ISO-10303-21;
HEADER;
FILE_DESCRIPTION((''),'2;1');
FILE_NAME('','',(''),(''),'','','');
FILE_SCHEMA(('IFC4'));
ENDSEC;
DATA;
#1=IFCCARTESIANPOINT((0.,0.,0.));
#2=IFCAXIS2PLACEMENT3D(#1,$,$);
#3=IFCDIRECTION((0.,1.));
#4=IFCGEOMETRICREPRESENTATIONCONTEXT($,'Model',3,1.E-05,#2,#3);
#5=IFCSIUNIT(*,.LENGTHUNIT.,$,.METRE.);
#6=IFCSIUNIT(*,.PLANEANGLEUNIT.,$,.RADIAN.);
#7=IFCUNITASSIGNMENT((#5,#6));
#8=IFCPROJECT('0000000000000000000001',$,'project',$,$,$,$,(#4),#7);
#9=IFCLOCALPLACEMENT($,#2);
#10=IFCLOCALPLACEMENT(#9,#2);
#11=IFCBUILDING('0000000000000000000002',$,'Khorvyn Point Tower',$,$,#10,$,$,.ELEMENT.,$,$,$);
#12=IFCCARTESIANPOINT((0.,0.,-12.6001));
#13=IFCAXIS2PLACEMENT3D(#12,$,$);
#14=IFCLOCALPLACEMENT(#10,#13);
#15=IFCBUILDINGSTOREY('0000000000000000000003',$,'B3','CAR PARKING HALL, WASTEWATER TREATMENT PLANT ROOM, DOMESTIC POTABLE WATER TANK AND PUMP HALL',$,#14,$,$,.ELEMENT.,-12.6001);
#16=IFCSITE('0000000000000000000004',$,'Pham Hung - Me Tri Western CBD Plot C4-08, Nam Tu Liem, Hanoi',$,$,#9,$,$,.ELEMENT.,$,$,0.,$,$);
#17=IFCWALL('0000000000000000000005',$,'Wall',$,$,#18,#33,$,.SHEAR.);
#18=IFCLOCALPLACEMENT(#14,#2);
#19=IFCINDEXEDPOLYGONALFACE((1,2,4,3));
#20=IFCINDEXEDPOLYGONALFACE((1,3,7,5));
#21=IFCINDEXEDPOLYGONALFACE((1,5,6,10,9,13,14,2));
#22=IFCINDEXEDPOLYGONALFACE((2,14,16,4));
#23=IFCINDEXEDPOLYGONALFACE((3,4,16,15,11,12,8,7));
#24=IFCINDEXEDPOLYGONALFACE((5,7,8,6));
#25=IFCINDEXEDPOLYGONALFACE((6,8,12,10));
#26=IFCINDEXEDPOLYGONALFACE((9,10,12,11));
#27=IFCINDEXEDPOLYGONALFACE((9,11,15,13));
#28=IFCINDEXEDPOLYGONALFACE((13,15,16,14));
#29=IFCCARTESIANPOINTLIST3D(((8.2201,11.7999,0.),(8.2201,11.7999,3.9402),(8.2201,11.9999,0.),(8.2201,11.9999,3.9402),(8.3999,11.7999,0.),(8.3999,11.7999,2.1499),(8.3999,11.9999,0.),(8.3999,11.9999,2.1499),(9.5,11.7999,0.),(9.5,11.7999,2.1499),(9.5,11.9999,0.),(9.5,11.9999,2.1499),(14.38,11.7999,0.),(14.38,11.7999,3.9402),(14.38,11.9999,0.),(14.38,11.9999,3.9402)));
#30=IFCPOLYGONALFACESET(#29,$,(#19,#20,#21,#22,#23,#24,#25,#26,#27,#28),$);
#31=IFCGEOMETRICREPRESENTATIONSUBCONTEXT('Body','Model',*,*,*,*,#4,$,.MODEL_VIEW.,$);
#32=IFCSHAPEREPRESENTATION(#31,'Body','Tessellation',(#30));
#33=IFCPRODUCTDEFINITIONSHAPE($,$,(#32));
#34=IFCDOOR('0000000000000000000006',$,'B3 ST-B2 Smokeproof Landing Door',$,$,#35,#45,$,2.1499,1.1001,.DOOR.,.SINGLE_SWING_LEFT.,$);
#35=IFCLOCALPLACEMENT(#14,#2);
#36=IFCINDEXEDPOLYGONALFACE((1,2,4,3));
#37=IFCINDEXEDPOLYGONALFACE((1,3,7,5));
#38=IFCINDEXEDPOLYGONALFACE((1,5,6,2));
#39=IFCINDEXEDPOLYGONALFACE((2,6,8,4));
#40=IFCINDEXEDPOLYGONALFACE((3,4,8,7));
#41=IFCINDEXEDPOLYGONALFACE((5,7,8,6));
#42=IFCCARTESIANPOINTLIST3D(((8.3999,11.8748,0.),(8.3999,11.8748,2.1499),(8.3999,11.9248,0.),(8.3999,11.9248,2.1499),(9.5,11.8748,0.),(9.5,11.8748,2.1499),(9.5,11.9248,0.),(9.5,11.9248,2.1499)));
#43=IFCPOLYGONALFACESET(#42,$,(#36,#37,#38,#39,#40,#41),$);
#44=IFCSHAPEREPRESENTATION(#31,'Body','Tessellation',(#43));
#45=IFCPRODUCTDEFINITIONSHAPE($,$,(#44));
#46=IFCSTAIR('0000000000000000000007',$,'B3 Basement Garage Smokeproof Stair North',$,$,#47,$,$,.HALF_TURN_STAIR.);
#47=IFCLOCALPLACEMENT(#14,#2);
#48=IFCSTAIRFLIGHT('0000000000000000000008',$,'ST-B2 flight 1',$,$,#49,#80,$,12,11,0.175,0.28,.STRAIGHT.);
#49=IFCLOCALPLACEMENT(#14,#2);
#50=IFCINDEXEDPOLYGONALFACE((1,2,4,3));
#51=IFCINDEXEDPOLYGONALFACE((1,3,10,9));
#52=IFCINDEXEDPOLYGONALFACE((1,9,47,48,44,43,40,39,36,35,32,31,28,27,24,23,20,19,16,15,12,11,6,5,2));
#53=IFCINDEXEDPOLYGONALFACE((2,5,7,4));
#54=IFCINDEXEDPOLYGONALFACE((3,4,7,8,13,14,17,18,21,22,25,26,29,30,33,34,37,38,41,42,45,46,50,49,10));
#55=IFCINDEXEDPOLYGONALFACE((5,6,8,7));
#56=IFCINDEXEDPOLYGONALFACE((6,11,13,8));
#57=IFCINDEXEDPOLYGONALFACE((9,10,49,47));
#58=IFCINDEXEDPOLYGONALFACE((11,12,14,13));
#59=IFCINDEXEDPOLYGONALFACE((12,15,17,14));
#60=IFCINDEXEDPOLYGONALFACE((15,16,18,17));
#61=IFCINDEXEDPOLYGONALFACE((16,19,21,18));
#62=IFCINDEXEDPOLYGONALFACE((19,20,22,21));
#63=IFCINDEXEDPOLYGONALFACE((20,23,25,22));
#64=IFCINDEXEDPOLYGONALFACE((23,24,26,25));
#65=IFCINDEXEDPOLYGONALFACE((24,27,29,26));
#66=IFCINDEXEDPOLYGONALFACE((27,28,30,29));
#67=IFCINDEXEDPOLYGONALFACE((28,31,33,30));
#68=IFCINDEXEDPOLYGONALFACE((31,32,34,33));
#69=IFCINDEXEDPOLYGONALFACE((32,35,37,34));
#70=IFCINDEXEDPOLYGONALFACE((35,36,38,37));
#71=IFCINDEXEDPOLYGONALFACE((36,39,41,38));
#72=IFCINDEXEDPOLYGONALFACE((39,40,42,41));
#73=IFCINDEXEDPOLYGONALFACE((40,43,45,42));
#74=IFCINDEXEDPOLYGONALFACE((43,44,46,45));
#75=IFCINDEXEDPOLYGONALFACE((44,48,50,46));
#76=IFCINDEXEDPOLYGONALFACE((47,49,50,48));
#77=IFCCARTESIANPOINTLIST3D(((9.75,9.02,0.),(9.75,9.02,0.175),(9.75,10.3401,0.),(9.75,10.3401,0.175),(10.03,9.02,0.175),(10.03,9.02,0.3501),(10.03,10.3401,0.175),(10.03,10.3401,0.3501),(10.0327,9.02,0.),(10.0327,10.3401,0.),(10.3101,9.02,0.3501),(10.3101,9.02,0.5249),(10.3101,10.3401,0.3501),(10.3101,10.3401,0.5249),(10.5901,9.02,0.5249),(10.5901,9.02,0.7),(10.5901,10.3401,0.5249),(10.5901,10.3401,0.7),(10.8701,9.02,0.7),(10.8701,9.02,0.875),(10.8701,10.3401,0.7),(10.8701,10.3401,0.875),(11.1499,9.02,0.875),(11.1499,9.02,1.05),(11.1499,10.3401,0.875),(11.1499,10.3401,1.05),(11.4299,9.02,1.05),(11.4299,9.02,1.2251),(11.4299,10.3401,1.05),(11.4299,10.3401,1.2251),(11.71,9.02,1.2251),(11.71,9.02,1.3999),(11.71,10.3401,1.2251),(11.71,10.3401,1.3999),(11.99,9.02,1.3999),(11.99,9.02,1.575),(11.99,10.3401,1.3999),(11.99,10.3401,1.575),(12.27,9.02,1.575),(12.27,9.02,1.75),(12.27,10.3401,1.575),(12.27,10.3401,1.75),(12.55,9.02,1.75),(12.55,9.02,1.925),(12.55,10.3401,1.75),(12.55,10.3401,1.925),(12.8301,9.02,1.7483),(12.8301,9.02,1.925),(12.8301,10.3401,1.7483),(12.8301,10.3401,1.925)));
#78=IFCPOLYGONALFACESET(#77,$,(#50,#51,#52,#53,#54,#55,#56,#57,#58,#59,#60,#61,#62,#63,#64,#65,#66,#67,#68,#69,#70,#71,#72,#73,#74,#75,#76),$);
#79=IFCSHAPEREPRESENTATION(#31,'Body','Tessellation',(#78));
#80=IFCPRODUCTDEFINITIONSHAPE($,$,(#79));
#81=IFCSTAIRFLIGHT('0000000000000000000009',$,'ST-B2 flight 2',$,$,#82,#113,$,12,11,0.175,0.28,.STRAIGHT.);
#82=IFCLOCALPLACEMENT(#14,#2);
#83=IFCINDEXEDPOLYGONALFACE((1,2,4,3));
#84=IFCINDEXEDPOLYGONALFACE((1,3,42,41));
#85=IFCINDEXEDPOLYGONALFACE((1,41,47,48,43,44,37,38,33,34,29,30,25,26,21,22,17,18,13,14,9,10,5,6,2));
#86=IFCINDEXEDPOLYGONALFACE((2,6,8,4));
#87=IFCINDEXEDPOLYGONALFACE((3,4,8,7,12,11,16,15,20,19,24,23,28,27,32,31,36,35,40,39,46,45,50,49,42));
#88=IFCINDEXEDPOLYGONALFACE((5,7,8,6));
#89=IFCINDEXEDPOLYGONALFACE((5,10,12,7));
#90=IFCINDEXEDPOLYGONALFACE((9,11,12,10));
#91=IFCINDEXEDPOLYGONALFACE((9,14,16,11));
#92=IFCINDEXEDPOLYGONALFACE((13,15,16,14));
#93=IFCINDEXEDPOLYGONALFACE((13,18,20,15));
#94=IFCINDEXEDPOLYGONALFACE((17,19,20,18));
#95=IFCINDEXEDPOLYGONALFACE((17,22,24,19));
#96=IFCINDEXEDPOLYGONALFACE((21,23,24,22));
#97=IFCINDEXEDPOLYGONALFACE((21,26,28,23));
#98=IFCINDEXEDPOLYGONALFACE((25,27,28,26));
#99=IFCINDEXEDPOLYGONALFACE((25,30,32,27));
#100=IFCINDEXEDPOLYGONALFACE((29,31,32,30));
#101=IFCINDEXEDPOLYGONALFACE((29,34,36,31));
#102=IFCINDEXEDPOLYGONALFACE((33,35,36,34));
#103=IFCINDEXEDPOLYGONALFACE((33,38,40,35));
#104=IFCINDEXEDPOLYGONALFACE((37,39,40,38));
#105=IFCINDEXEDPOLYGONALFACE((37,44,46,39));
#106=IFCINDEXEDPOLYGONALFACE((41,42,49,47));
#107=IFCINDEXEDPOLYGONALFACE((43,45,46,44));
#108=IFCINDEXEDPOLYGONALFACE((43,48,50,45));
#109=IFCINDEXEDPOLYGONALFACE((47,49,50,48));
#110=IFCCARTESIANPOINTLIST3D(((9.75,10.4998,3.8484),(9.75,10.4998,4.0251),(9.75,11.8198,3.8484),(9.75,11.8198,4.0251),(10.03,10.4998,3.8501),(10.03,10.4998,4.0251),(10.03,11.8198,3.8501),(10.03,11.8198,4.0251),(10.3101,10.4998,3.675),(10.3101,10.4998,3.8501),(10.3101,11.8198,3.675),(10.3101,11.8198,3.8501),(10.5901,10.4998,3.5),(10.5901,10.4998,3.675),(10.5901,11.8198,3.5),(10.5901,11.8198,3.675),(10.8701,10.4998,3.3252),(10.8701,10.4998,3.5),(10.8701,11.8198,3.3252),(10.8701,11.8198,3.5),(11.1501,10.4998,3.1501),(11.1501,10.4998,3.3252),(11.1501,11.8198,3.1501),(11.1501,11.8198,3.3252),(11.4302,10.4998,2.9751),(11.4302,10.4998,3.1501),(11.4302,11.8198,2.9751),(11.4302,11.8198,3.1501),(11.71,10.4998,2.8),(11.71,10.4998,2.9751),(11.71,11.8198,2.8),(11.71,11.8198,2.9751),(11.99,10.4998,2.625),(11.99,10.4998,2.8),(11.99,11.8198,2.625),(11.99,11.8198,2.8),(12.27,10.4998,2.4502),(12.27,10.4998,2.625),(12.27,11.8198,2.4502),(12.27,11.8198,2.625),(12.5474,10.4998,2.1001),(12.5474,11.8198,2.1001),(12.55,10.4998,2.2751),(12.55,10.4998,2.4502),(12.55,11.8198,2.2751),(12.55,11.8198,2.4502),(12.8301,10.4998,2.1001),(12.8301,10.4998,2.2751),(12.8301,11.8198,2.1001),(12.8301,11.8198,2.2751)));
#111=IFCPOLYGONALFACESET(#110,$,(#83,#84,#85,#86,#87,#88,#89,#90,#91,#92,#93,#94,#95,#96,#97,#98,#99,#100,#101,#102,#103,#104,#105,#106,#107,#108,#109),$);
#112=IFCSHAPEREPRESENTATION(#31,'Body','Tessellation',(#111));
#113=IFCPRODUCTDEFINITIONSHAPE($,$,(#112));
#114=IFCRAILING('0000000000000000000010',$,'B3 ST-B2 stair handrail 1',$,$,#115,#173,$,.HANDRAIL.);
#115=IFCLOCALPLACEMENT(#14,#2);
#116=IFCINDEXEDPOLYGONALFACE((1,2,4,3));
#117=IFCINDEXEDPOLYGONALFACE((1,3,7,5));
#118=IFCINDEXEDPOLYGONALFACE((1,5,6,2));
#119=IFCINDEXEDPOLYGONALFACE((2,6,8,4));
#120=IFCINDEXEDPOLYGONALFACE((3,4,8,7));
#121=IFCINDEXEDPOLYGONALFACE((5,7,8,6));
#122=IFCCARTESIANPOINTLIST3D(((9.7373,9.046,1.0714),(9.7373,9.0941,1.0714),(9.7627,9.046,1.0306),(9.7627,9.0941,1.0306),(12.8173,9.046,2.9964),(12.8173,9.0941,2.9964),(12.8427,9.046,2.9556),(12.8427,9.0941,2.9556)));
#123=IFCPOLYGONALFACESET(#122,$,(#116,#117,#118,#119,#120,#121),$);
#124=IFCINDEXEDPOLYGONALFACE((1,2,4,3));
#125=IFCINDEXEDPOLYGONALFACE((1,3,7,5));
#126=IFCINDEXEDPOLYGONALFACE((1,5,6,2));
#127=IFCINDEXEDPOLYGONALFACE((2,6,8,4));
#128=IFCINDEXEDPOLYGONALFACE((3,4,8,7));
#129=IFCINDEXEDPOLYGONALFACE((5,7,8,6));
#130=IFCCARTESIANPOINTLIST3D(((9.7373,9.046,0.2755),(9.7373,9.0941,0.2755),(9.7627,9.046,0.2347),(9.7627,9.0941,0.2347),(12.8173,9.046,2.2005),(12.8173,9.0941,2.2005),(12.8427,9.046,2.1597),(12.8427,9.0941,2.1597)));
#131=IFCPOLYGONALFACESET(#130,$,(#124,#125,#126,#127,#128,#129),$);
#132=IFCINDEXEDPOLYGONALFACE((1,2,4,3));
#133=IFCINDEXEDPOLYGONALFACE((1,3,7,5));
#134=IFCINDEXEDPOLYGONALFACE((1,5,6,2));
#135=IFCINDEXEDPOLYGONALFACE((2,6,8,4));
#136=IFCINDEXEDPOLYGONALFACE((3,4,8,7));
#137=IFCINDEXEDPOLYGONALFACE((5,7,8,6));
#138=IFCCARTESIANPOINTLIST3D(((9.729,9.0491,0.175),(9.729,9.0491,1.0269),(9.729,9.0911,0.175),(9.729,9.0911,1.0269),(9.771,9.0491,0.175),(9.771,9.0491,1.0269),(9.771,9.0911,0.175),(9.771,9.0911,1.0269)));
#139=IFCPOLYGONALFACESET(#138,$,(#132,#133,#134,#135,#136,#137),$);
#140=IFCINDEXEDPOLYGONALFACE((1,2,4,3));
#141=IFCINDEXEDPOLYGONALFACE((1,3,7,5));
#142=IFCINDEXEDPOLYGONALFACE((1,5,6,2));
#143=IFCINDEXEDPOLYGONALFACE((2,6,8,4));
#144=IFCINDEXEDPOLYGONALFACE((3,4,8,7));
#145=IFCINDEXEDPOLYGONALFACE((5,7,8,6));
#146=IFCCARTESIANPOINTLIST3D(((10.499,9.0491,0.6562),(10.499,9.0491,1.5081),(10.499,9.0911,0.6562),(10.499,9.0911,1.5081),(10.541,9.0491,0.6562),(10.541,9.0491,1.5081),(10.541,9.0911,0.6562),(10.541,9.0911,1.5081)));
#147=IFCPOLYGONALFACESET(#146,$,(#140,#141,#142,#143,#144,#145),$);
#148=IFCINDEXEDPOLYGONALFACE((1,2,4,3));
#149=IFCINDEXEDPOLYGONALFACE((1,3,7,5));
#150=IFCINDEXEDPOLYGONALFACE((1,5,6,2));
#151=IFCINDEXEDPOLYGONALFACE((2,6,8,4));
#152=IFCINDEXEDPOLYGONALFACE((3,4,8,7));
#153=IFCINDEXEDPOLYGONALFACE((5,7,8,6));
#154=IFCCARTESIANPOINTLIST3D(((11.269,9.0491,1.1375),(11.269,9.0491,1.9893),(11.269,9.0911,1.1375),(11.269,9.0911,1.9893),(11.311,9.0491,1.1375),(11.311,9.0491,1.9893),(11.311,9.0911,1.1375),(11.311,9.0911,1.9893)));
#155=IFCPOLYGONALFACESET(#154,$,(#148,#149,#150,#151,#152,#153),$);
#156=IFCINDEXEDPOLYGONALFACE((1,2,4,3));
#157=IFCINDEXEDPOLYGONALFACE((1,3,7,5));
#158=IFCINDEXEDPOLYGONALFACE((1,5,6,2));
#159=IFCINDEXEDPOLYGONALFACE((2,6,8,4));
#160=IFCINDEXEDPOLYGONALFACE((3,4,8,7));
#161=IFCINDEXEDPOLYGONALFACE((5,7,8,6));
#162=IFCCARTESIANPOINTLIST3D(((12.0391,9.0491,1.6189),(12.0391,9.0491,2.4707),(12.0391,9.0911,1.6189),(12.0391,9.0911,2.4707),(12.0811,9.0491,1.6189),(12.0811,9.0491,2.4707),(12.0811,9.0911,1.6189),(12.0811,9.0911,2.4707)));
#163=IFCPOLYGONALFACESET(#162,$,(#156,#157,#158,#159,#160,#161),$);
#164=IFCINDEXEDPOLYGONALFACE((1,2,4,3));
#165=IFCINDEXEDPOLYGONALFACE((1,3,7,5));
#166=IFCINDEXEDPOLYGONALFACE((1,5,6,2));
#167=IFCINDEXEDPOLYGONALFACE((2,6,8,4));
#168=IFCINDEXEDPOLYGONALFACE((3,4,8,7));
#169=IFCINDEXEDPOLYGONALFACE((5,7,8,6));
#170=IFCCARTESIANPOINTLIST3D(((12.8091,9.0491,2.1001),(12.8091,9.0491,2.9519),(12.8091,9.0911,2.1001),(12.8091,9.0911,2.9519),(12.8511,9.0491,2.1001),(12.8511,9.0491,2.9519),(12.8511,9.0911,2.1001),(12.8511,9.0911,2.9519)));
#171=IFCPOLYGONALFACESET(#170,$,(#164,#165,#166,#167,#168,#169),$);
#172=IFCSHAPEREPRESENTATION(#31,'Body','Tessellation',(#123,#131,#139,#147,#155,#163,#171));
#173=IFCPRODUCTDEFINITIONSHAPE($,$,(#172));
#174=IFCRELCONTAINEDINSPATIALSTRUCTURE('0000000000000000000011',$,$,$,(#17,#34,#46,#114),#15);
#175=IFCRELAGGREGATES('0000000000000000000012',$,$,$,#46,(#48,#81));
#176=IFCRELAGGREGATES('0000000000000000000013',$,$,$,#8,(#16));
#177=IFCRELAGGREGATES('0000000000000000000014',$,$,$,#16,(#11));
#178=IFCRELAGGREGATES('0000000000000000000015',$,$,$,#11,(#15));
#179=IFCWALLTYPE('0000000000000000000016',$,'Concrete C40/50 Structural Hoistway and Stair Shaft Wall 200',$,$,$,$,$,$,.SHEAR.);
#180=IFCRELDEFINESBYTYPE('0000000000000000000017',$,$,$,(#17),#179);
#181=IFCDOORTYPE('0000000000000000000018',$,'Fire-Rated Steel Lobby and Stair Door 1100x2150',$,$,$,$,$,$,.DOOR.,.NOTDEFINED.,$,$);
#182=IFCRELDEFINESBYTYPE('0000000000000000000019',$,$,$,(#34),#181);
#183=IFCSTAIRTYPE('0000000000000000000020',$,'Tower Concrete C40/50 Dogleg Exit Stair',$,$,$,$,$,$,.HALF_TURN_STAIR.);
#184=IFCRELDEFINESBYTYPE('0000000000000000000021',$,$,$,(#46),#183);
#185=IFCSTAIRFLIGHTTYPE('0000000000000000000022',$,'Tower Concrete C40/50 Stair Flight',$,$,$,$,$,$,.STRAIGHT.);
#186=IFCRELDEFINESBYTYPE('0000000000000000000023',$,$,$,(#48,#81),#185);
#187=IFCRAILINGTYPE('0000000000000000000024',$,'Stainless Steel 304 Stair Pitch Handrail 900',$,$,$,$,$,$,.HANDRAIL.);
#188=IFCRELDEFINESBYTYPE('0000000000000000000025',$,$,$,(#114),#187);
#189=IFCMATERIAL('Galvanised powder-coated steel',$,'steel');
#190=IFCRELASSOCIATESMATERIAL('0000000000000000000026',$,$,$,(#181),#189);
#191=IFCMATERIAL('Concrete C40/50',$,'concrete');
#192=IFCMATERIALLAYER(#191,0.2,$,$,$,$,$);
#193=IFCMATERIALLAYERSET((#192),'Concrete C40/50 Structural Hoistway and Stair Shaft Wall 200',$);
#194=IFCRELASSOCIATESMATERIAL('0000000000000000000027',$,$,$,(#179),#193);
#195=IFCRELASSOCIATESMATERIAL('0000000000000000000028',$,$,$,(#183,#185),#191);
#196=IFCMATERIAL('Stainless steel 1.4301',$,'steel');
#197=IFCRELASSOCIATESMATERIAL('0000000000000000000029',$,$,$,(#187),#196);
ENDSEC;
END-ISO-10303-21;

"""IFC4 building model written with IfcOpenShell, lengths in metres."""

from ifc_helpers import new_model, si_unit, direction, frame, frame_2d, origin, origin_2d, place, context, subcontext, project, spatial, polyline, rectangle, outline, extrude, material, layer, layer_set, type_object, element, fill, aggregate, save


model = new_model("IFC4")

# Units and contexts
model_context = context("Model", 3, precision=1e-05, world=origin(), true_north=direction((0.0, 1.0)))
body_context = subcontext(model_context, "Body", "Model", "MODEL_VIEW")
ifc_project = project(units=[si_unit("LENGTHUNIT", "METRE"), si_unit("PLANEANGLEUNIT", "RADIAN")], contexts=[model_context])

# Site, building, storey
site_placement = place(None, origin())
site = spatial("IfcSite", under=ifc_project, at=site_placement, Name="Pham Hung - Me Tri Western CBD Plot C4-08, Nam Tu Liem, Hanoi", CompositionType="ELEMENT", RefElevation=0.0)
building_placement = place(site_placement, origin())
building = spatial("IfcBuilding", under=site, at=building_placement, Name="Khorvyn Point Tower", CompositionType="ELEMENT")
storey_placement = place(building_placement, frame((0.0, 0.0, -12.6001)))
storey = spatial("IfcBuildingStorey", under=building, at=storey_placement, Name="B3", Description="CAR PARKING HALL, WASTEWATER TREATMENT PLANT ROOM, DOMESTIC POTABLE WATER TANK AND PUMP HALL", CompositionType="ELEMENT", Elevation=-12.6001)

# Shared definitions
ifc_material_1 = material(Name="Concrete C40/50", Category="concrete")

# Wall, opening, door
ifc_material_2 = material(Name="Galvanised powder-coated steel", Category="steel")
door_type = type_object("IfcDoorType", Name="Fire-Rated Steel Lobby and Stair Door 1100x2150", OperationType="NOTDEFINED", PredefinedType="DOOR", material=ifc_material_2)
ifc_layer_1 = layer(ifc_material_1, 0.2)
ifc_layer_set_1 = layer_set([ifc_layer_1], Name="Concrete C40/50 Structural Hoistway and Stair Shaft Wall 200")
wall_type_1 = type_object("IfcWallType", Name="Concrete C40/50 Structural Hoistway and Stair Shaft Wall 200", PredefinedType="SHEAR", material=ifc_layer_set_1)
wall_1_placement = place(storey_placement, frame((8.22, 11.8999, 0.0), z_axis=(0.0, 0.0, 1.0), x_axis=(1.0, 0.0, 0.0)))
wall_1 = element("IfcWall", 1, at=wall_1_placement, inside=storey, type_object=wall_type_1, Name="Wall", PredefinedType="SHEAR", context=body_context, shape_type="SweptSolid", body=[
    extrude(rectangle(XDim=6.1599, YDim=0.2, at=frame_2d((3.0801, 0.0))), origin(), (0.0, 0.0, 1.0), 3.9402),
])
opening_1_placement = place(wall_1_placement, frame((0.1799, 0.0, 0.0)))
opening_1 = element("IfcOpeningElement", 2, at=opening_1_placement, cuts=wall_1, PredefinedType="OPENING", context=body_context, shape_type="SweptSolid", body=[
    extrude(rectangle(XDim=1.1001, YDim=2.1499, at=frame_2d((0.55, 1.075))), frame((0.0, 0.1099, 0.0), z_axis=(0.0, -1.0, 0.0), x_axis=(1.0, 0.0, 0.0)), (0.0, 0.0, 1.0), 0.22),
])
door_1_placement = place(opening_1_placement, origin())
door_1 = element("IfcDoor", 3, at=door_1_placement, inside=storey, type_object=door_type, Name="B3 ST-B2 Smokeproof Landing Door", OperationType="SINGLE_SWING_LEFT", OverallHeight=2.1499, OverallWidth=1.1001, PredefinedType="DOOR", context=body_context, shape_type="SweptSolid", body=[
    extrude(rectangle(XDim=1.1001, YDim=2.1499, at=frame_2d((0.55, 1.075))), frame((0.0, 0.0249, 0.0), z_axis=(0.0, -1.0, 0.0), x_axis=(1.0, 0.0, 0.0)), (0.0, 0.0, 1.0), 0.05),
])
fill(opening_1, door_1)

# Stair, stair flights
stair_type = type_object("IfcStairType", Name="Tower Concrete C40/50 Dogleg Exit Stair", PredefinedType="HALF_TURN_STAIR", material=ifc_material_1)
stair_placement = place(storey_placement, origin())
stair = element("IfcStair", 4, at=stair_placement, inside=storey, type_object=stair_type, Name="B3 Basement Garage Smokeproof Stair North", PredefinedType="HALF_TURN_STAIR")
stair_flight_type = type_object("IfcStairFlightType", Name="Tower Concrete C40/50 Stair Flight", PredefinedType="STRAIGHT", material=ifc_material_1)
stair_flight_1_placement = place(storey_placement, frame((9.75, 9.6799, 0.0), z_axis=(0.0, 0.0, 1.0), x_axis=(1.0, 0.0, 0.0)))
stair_flight_1 = element("IfcStairFlight", 5, at=stair_flight_1_placement, type_object=stair_flight_type, Name="ST-B2 flight 1", NumberOfRisers=12, NumberOfTreads=11, PredefinedType="STRAIGHT", RiserHeight=0.175, TreadLength=0.28, context=body_context, shape_type="SweptSolid", body=[
    extrude(outline(polyline([(0.0, 0.0), (0.0, 0.175), (0.28, 0.175), (0.28, 0.3501), (0.5601, 0.3501), (0.5601, 0.5249), (0.8401, 0.5249), (0.8401, 0.7), (1.1201, 0.7), (1.1201, 0.875), (1.3999, 0.875), (1.3999, 1.05), (1.6799, 1.05), (1.6799, 1.2251), (1.96, 1.2251), (1.96, 1.3999), (2.24, 1.3999), (2.24, 1.575), (2.52, 1.575), (2.52, 1.75), (2.8, 1.75), (2.8, 1.925), (3.0801, 1.925), (3.0801, 2.1001), (3.0801, 1.7483), (0.2827, 0.0), (0.0, 0.0)])), frame((0.0, 0.6602, 0.0), z_axis=(0.0, -1.0, 0.0), x_axis=(1.0, 0.0, 0.0)), (0.0, 0.0, 1.0), 1.3201),
])
stair_flight_2_placement = place(storey_placement, frame((12.8301, 11.1599, 2.1001), z_axis=(0.0, 0.0, 1.0), x_axis=(-1.0, 0.0, 0.0)))
stair_flight_2 = element("IfcStairFlight", 6, at=stair_flight_2_placement, type_object=stair_flight_type, Name="ST-B2 flight 2", NumberOfRisers=12, NumberOfTreads=11, PredefinedType="STRAIGHT", RiserHeight=0.175, TreadLength=0.28, context=body_context, shape_type="SweptSolid", body=[
    extrude(outline(polyline([(0.0, 0.0), (0.0, 0.175), (0.28, 0.175), (0.28, 0.3501), (0.5601, 0.3501), (0.5601, 0.5249), (0.8401, 0.5249), (0.8401, 0.7), (1.1201, 0.7), (1.1201, 0.875), (1.3999, 0.875), (1.3999, 1.05), (1.6799, 1.05), (1.6799, 1.2251), (1.96, 1.2251), (1.96, 1.3999), (2.24, 1.3999), (2.24, 1.575), (2.52, 1.575), (2.52, 1.75), (2.8, 1.75), (2.8, 1.925), (3.0801, 1.925), (3.0801, 2.1001), (3.0801, 1.7483), (0.2827, 0.0), (0.0, 0.0)])), frame((0.0, 0.6602, 0.0), z_axis=(0.0, -1.0, 0.0), x_axis=(1.0, 0.0, 0.0)), (0.0, 0.0, 1.0), 1.3201),
])
aggregate(stair, [stair_flight_1, stair_flight_2])

# Railing
ifc_material_3 = material(Name="Stainless steel 1.4301", Category="steel")
railing_type_1 = type_object("IfcRailingType", Name="Stainless Steel 304 Stair Pitch Handrail 900", PredefinedType="HANDRAIL", material=ifc_material_3)
railing_1_placement = place(storey_placement, frame((9.75, 9.0701, 0.175)))
element("IfcRailing", 7, at=railing_1_placement, inside=storey, type_object=railing_type_1, Name="B3 ST-B2 stair handrail 1", PredefinedType="HANDRAIL", context=body_context, shape_type="SweptSolid", body=[
    extrude(rectangle(XDim=0.0481, YDim=0.0481, at=origin_2d()), frame((0.0, 0.0, 0.876), z_axis=(0.847998, 0.0, 0.529999), x_axis=(0.0, 1.0, 0.0)), (0.0, 0.0, 1.0), 3.6321),
    extrude(rectangle(XDim=0.0481, YDim=0.0481, at=origin_2d()), frame((0.0, 0.0, 0.0801), z_axis=(0.847998, 0.0, 0.529999), x_axis=(0.0, 1.0, 0.0)), (0.0, 0.0, 1.0), 3.6321),
    extrude(rectangle(XDim=0.042, YDim=0.042, at=origin_2d()), origin(), (0.0, 0.0, 1.0), 0.8518),
    extrude(rectangle(XDim=0.042, YDim=0.042, at=origin_2d()), frame((0.77, 0.0, 0.4812)), (0.0, 0.0, 1.0), 0.8518),
    extrude(rectangle(XDim=0.042, YDim=0.042, at=origin_2d()), frame((1.54, 0.0, 0.9624)), (0.0, 0.0, 1.0), 0.8518),
    extrude(rectangle(XDim=0.042, YDim=0.042, at=origin_2d()), frame((2.3101, 0.0, 1.4438)), (0.0, 0.0, 1.0), 0.8518),
    extrude(rectangle(XDim=0.042, YDim=0.042, at=origin_2d()), frame((3.0801, 0.0, 1.925)), (0.0, 0.0, 1.0), 0.8518),
])

save(model, "model.ifc")
